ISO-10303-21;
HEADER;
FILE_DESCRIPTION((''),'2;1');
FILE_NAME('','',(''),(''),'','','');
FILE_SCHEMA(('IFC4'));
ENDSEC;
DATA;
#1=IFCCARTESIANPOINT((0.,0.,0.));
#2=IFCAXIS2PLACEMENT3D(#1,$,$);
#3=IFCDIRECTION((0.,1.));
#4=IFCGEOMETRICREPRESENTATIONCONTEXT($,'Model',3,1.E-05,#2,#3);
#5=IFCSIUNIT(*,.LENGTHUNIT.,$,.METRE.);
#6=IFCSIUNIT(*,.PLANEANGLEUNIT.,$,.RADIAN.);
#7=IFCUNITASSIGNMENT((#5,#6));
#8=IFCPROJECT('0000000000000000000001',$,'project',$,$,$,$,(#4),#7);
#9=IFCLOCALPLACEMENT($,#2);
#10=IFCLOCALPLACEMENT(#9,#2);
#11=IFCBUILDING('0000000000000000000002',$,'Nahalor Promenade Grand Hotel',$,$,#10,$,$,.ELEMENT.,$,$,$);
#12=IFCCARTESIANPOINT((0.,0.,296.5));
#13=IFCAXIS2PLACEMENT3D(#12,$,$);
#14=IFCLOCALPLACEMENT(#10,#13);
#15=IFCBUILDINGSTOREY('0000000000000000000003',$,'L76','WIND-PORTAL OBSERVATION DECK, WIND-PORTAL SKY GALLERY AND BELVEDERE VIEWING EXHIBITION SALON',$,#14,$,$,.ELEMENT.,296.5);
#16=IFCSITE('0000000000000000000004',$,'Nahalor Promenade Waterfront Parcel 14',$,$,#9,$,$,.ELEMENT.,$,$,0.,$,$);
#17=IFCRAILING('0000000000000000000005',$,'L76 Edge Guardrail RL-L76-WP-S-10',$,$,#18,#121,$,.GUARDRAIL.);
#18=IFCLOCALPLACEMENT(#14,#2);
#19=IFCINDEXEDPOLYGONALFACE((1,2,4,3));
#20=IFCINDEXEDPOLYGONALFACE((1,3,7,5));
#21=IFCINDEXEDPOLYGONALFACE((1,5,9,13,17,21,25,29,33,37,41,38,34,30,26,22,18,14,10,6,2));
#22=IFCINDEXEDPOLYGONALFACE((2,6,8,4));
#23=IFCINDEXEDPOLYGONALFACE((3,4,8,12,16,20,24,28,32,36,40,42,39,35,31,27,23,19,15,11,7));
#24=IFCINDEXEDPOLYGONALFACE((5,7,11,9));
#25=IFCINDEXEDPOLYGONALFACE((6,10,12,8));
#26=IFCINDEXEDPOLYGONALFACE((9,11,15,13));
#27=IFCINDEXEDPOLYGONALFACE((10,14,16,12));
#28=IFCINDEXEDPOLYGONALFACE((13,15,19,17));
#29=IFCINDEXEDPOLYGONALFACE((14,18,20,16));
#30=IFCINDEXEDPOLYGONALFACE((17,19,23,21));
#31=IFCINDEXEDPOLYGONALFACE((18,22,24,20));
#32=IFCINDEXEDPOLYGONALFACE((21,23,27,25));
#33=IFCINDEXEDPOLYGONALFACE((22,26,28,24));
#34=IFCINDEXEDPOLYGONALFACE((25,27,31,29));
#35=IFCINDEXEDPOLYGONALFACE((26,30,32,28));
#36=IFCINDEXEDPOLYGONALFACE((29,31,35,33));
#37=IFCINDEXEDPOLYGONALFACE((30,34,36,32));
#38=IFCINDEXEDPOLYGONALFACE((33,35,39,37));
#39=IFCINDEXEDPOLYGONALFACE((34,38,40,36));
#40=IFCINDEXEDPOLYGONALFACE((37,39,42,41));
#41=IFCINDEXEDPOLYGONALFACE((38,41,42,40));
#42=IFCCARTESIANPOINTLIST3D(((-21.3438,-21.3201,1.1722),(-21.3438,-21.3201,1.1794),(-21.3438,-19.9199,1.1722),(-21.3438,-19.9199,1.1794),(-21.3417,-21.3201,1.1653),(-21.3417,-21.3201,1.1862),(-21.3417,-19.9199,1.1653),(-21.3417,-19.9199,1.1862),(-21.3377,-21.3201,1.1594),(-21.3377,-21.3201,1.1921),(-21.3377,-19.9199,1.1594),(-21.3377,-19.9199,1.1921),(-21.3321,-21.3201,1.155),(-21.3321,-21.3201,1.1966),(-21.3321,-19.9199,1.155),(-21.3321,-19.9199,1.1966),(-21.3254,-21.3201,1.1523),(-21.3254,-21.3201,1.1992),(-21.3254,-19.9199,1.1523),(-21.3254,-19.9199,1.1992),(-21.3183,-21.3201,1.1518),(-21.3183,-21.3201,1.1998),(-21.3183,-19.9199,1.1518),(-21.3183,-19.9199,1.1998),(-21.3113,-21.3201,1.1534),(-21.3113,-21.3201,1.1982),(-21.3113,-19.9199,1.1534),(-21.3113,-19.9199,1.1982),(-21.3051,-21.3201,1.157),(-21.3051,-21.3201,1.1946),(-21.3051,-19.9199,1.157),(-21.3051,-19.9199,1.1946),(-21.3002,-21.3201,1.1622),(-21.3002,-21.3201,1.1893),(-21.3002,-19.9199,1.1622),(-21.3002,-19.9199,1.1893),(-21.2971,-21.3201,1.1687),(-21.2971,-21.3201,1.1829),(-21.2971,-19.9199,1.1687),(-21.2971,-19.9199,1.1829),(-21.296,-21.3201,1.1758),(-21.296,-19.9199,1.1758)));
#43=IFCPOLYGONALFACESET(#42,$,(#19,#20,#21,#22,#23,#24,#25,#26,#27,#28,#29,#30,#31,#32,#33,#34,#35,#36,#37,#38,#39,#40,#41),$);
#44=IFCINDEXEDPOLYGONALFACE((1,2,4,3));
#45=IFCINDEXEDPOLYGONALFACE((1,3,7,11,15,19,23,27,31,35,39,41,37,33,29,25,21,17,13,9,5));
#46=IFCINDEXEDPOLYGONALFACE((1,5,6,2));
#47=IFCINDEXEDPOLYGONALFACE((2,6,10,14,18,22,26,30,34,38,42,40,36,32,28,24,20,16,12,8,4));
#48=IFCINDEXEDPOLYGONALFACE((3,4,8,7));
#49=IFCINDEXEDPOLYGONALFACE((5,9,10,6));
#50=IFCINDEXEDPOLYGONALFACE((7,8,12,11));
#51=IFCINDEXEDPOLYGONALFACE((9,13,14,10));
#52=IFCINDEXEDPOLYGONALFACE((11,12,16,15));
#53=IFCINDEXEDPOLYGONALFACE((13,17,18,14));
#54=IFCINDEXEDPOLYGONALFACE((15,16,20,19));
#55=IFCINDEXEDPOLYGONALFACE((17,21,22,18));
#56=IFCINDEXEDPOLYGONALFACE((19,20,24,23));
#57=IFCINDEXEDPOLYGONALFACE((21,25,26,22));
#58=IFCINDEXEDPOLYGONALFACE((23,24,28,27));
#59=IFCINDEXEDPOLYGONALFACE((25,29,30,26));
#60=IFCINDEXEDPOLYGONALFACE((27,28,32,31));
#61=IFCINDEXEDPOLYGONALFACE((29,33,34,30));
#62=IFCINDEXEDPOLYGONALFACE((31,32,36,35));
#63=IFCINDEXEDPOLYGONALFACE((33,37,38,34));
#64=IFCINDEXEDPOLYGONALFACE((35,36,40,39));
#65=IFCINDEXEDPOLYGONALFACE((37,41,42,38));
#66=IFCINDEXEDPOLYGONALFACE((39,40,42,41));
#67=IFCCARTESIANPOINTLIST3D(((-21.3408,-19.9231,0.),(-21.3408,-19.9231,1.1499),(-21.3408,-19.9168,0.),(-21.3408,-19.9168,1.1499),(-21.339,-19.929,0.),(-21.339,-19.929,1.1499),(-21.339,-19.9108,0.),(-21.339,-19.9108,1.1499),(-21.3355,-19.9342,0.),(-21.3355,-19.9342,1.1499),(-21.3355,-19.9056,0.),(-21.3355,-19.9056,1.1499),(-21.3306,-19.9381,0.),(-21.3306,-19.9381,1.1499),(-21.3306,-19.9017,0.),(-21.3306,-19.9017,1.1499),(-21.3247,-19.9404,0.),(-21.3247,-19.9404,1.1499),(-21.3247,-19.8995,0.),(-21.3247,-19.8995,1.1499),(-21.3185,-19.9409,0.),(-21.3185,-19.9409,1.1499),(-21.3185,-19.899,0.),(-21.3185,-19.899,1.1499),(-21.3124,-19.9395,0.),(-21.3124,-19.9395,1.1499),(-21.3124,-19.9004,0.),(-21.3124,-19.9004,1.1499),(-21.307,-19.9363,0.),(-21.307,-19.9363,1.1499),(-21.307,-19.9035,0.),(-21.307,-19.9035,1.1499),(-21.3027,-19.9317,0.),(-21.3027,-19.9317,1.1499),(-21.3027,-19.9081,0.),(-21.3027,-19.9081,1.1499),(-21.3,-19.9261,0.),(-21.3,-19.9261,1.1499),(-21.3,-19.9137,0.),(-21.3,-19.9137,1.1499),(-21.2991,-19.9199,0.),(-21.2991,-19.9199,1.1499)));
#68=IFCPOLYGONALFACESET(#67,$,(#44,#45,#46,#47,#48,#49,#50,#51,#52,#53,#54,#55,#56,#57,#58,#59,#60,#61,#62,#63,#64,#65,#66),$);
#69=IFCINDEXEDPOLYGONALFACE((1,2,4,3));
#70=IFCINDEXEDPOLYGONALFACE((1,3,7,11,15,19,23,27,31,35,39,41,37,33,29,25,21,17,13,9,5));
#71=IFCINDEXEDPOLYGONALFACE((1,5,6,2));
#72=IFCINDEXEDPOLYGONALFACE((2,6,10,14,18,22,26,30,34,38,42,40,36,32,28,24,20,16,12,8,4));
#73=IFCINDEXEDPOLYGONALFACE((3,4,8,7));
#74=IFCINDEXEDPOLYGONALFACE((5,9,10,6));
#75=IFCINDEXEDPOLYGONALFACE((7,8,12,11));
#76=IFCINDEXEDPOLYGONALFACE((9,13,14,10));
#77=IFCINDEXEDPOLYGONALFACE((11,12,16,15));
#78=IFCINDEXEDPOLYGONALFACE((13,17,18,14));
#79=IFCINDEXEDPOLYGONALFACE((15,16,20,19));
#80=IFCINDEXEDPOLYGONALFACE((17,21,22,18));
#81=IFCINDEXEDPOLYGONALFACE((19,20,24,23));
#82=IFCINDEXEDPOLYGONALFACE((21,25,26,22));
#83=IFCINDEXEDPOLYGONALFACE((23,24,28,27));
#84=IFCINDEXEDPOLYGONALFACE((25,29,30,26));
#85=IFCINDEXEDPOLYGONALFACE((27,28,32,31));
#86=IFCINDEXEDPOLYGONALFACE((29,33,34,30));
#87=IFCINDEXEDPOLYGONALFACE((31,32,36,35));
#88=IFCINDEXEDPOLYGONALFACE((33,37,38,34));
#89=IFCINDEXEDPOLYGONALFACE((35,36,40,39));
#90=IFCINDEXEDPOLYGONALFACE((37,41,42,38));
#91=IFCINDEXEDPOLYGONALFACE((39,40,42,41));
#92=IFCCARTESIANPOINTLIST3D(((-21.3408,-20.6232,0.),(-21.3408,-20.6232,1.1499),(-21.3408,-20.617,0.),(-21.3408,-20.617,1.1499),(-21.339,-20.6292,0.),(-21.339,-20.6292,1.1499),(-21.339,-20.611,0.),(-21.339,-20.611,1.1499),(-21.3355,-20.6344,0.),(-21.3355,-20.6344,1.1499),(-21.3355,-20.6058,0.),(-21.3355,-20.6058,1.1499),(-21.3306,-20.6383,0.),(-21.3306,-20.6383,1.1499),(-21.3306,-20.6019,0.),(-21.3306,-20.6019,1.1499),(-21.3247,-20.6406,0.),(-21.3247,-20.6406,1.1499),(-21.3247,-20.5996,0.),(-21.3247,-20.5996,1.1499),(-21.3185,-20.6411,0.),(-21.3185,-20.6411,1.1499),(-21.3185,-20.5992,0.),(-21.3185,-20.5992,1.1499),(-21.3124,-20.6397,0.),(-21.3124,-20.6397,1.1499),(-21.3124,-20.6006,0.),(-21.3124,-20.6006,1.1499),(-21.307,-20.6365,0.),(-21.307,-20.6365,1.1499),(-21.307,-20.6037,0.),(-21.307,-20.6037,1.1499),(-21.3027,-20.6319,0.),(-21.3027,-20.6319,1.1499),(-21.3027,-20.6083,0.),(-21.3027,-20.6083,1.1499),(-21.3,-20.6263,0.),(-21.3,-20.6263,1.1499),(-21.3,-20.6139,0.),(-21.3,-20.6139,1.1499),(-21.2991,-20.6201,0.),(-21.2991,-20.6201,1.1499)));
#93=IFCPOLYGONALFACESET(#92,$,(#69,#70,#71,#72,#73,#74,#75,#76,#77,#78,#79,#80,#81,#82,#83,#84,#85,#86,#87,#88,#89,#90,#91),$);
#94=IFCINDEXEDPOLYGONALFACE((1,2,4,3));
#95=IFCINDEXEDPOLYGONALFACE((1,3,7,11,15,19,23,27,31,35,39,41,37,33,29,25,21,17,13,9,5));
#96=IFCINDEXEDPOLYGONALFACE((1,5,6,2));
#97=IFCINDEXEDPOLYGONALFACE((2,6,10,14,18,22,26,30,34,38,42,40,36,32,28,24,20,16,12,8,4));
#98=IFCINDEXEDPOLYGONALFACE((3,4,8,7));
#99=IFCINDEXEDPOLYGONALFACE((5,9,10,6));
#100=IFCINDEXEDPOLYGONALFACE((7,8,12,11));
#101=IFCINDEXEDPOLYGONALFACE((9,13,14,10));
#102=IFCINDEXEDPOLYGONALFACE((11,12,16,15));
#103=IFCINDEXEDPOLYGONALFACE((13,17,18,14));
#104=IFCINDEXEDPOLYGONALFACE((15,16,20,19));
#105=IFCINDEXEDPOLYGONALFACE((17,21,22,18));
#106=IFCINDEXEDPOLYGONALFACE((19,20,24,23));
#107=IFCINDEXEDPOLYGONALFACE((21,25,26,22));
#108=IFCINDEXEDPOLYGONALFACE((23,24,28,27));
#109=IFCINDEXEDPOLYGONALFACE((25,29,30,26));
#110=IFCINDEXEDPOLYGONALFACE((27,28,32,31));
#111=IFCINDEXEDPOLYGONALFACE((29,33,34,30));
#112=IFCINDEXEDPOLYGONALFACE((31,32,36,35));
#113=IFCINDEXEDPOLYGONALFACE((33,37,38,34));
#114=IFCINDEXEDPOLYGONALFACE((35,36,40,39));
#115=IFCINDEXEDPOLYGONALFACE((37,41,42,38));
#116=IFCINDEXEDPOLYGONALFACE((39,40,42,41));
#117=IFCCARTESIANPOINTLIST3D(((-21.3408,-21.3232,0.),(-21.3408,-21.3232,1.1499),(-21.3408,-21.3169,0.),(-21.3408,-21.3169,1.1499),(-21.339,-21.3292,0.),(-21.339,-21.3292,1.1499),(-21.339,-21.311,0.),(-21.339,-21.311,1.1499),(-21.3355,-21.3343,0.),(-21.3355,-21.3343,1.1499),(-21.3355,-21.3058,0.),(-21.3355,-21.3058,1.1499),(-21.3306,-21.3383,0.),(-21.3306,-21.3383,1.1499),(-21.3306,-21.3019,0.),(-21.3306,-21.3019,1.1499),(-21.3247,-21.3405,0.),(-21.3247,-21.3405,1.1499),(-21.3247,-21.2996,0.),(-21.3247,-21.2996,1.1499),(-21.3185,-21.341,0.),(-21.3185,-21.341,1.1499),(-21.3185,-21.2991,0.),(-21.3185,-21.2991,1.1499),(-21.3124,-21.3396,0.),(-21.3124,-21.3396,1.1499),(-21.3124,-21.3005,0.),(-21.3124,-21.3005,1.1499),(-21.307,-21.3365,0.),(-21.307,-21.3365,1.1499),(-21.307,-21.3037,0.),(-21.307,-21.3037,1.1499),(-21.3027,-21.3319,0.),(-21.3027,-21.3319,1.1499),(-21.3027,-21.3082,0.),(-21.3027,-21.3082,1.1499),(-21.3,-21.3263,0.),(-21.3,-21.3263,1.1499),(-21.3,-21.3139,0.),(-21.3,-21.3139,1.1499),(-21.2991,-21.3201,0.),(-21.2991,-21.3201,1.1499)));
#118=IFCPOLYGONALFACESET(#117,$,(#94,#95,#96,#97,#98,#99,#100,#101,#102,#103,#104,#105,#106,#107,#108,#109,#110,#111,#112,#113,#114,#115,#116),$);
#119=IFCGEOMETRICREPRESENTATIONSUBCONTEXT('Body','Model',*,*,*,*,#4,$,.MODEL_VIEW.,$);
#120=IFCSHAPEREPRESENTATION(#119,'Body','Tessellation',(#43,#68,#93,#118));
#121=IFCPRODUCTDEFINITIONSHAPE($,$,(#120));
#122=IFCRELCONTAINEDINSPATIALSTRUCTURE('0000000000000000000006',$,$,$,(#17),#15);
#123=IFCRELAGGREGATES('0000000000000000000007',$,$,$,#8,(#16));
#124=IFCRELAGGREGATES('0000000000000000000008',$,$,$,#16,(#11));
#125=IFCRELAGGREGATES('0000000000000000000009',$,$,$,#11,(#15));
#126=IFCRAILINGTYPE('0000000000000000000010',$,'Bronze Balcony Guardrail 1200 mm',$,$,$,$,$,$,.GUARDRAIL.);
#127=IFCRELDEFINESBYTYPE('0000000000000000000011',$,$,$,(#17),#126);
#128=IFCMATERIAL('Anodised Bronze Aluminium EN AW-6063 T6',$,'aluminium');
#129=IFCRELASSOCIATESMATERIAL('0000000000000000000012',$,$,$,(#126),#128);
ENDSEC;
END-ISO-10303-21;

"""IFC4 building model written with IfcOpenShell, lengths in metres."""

from ifc_helpers import new_model, si_unit, direction, frame, origin, origin_2d, place, context, subcontext, project, spatial, circle, extrude, material, type_object, element, save


model = new_model("IFC4")

# Units and contexts
model_context = context("Model", 3, precision=1e-05, world=origin(), true_north=direction((0.0, 1.0)))
body_context = subcontext(model_context, "Body", "Model", "MODEL_VIEW")
ifc_project = project(units=[si_unit("LENGTHUNIT", "METRE"), si_unit("PLANEANGLEUNIT", "RADIAN")], contexts=[model_context])

# Site, building, storey
site_placement = place(None, origin())
site = spatial("IfcSite", under=ifc_project, at=site_placement, Name="Nahalor Promenade Waterfront Parcel 14", CompositionType="ELEMENT", RefElevation=0.0)
building_placement = place(site_placement, origin())
building = spatial("IfcBuilding", under=site, at=building_placement, Name="Nahalor Promenade Grand Hotel", CompositionType="ELEMENT")
storey_placement = place(building_placement, frame((0.0, 0.0, 296.5)))
storey = spatial("IfcBuildingStorey", under=building, at=storey_placement, Name="L76", Description="WIND-PORTAL OBSERVATION DECK, WIND-PORTAL SKY GALLERY AND BELVEDERE VIEWING EXHIBITION SALON", CompositionType="ELEMENT", Elevation=296.5)

# Railing
ifc_material_1 = material(Name="Anodised Bronze Aluminium EN AW-6063 T6", Category="aluminium")
railing_type = type_object("IfcRailingType", Name="Bronze Balcony Guardrail 1200 mm", PredefinedType="GUARDRAIL", material=ifc_material_1)
railing_1_placement = place(storey_placement, frame((-21.3201, -19.9199, 0.0)))
element("IfcRailing", 1, at=railing_1_placement, inside=storey, type_object=railing_type, Name="L76 Edge Guardrail RL-L76-WP-S-10", PredefinedType="GUARDRAIL", context=body_context, shape_type="SweptSolid", body=[
    extrude(circle(Radius=0.024, at=origin_2d()), frame((0.0, 0.0, 1.1758), z_axis=(0.0, -1.0, 0.0), x_axis=(1.0, 0.0, 0.0)), (0.0, 0.0, 1.0), 1.4001),
    extrude(circle(Radius=0.021, at=origin_2d()), origin(), (0.0, 0.0, 1.0), 1.1499),
    extrude(circle(Radius=0.021, at=origin_2d()), frame((0.0, -0.7002, 0.0)), (0.0, 0.0, 1.0), 1.1499),
    extrude(circle(Radius=0.021, at=origin_2d()), frame((0.0, -1.4001, 0.0)), (0.0, 0.0, 1.0), 1.1499),
])

save(model, "model.ifc")
